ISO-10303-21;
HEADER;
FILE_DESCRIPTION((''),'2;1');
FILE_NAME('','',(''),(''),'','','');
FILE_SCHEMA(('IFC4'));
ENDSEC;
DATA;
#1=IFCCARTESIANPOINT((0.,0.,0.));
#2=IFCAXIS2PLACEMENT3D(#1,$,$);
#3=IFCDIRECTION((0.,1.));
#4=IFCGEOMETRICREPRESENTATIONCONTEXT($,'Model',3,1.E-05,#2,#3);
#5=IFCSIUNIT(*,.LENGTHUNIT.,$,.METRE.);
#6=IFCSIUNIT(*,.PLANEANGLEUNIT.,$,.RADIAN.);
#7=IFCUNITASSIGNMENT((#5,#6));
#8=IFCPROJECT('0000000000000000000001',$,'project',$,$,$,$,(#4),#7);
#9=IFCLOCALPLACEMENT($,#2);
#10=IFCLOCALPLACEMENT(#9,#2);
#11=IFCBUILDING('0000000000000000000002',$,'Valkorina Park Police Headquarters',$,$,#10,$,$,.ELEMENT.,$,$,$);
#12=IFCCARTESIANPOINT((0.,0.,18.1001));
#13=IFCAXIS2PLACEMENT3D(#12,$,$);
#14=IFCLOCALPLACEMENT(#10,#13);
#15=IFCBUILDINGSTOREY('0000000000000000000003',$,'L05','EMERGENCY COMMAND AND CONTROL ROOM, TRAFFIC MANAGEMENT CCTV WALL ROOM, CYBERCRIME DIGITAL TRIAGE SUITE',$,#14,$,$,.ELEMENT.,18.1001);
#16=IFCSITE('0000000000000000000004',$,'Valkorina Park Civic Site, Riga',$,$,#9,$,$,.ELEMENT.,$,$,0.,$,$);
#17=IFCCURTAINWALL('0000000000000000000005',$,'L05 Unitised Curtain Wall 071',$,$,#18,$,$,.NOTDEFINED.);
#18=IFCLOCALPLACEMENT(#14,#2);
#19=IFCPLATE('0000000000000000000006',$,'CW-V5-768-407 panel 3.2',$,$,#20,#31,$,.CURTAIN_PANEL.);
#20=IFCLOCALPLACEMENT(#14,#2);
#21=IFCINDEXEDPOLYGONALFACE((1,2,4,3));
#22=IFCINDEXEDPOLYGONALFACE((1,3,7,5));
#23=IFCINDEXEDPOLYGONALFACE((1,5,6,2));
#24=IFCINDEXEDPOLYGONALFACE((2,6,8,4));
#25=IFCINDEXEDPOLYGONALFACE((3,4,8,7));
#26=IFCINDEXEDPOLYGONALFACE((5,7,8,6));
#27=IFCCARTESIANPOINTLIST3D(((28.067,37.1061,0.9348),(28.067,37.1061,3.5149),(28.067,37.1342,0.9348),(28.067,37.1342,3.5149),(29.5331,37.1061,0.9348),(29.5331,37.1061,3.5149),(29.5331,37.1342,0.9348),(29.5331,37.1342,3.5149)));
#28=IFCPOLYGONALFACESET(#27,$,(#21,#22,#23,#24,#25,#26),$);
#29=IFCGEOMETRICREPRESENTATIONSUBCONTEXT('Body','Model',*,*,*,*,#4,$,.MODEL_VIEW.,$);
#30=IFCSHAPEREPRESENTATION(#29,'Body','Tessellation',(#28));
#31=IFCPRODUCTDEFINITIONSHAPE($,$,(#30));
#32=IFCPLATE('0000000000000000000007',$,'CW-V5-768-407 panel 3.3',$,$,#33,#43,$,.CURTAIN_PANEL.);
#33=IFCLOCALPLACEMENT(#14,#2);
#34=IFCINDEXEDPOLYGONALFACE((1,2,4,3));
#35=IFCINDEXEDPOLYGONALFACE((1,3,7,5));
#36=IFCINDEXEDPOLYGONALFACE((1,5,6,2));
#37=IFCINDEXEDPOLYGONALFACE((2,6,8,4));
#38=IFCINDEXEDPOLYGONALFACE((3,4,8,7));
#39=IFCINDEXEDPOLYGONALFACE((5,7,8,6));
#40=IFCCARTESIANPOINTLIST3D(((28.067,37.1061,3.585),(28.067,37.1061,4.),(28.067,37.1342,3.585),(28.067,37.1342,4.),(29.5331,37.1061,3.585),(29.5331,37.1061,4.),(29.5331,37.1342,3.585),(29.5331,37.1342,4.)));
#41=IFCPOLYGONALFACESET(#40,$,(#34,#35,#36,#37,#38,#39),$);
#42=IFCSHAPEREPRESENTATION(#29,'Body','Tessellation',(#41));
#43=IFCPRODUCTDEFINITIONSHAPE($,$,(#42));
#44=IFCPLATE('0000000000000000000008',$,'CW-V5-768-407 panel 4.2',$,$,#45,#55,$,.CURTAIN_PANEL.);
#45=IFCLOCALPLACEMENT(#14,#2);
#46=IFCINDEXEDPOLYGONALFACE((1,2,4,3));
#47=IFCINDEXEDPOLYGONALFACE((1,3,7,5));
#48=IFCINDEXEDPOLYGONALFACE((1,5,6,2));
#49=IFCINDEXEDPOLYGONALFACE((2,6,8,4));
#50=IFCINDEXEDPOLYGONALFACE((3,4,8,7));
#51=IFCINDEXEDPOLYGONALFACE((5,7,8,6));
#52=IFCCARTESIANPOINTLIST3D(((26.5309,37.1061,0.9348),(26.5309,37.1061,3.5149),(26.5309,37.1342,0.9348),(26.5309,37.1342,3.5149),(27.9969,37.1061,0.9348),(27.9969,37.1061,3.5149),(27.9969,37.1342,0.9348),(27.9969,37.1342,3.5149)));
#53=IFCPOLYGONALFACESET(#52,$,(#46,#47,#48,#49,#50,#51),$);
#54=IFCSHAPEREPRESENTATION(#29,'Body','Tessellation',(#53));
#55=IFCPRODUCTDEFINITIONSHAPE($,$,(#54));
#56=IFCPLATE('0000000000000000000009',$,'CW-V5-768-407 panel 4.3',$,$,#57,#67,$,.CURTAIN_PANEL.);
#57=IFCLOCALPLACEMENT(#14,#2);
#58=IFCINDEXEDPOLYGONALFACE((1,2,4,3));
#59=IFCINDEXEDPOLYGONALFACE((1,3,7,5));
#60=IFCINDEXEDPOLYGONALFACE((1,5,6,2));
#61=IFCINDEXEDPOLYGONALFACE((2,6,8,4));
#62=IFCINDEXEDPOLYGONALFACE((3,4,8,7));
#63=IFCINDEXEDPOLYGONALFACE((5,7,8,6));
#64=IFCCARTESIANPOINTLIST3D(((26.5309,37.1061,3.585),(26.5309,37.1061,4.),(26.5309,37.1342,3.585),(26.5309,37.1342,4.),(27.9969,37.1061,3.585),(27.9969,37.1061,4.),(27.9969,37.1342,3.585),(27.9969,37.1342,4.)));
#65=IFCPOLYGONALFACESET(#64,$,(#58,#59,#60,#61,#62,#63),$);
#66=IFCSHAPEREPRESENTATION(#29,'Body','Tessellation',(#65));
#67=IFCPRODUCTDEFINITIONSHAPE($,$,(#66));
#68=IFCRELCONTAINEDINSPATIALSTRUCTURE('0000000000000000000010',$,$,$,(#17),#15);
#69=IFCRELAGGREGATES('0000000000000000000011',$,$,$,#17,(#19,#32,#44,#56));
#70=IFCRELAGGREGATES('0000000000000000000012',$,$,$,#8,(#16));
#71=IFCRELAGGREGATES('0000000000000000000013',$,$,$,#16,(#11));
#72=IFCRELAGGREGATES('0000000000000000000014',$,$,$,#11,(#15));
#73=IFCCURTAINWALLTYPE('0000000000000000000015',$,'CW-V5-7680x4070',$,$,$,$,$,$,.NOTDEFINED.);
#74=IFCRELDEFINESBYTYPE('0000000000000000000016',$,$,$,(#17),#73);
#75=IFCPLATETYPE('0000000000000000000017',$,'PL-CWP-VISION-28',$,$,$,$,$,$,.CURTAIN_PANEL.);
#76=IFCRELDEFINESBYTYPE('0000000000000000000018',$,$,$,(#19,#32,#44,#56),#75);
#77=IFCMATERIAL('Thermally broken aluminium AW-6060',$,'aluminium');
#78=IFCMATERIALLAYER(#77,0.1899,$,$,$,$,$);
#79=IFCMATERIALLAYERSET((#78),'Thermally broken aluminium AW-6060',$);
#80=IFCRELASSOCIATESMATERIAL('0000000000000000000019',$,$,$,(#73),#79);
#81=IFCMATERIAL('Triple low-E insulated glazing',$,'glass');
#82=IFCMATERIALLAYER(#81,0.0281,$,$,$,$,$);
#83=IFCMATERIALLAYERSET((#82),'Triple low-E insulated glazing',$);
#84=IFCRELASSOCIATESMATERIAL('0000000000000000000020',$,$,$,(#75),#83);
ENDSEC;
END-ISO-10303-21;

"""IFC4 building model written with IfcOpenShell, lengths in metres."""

from ifc_helpers import new_model, si_unit, direction, frame, origin, origin_2d, place, context, subcontext, project, spatial, rectangle, extrude, material, layer, layer_set, type_object, element, aggregate, save


model = new_model("IFC4")

# Units and contexts
model_context = context("Model", 3, precision=1e-05, world=origin(), true_north=direction((0.0, 1.0)))
body_context = subcontext(model_context, "Body", "Model", "MODEL_VIEW")
ifc_project = project(units=[si_unit("LENGTHUNIT", "METRE"), si_unit("PLANEANGLEUNIT", "RADIAN")], contexts=[model_context])

# Site, building, storey
site_placement = place(None, origin())
site = spatial("IfcSite", under=ifc_project, at=site_placement, Name="Valkorina Park Civic Site, Riga", CompositionType="ELEMENT", RefElevation=0.0)
building_placement = place(site_placement, origin())
building = spatial("IfcBuilding", under=site, at=building_placement, Name="Valkorina Park Police Headquarters", CompositionType="ELEMENT")
storey_placement = place(building_placement, frame((0.0, 0.0, 18.1001)))
storey = spatial("IfcBuildingStorey", under=building, at=storey_placement, Name="L05", Description="EMERGENCY COMMAND AND CONTROL ROOM, TRAFFIC MANAGEMENT CCTV WALL ROOM, CYBERCRIME DIGITAL TRIAGE SUITE", CompositionType="ELEMENT", Elevation=18.1001)

# Curtain wall, plates
ifc_material_1 = material(Name="Thermally broken aluminium AW-6060", Category="aluminium")
ifc_layer_1 = layer(ifc_material_1, 0.1899)
ifc_layer_set_1 = layer_set([ifc_layer_1], Name="Thermally broken aluminium AW-6060")
curtain_wall_type = type_object("IfcCurtainWallType", Name="CW-V5-7680x4070", PredefinedType="NOTDEFINED", material=ifc_layer_set_1)
curtain_wall_placement = place(storey_placement, origin())
curtain_wall = element("IfcCurtainWall", 1, at=curtain_wall_placement, inside=storey, type_object=curtain_wall_type, Name="L05 Unitised Curtain Wall 071", PredefinedType="NOTDEFINED")
ifc_material_2 = material(Name="Triple low-E insulated glazing", Category="glass")
ifc_layer_2 = layer(ifc_material_2, 0.0281)
ifc_layer_set_2 = layer_set([ifc_layer_2], Name="Triple low-E insulated glazing")
plate_type_1 = type_object("IfcPlateType", Name="PL-CWP-VISION-28", PredefinedType="CURTAIN_PANEL", material=ifc_layer_set_2)
plate_1_placement = place(storey_placement, frame((28.8, 37.1201, 0.9348), z_axis=(0.0, 0.0, 1.0), x_axis=(-1.0, 0.0, 0.0)))
plate_1 = element("IfcPlate", 2, at=plate_1_placement, type_object=plate_type_1, Name="CW-V5-768-407 panel 3.2", PredefinedType="CURTAIN_PANEL", context=body_context, shape_type="SweptSolid", body=[
    extrude(rectangle(XDim=1.4661, YDim=0.0281, at=origin_2d()), origin(), (0.0, 0.0, 1.0), 2.5801),
])
plate_2_placement = place(storey_placement, frame((28.8, 37.1201, 3.585), z_axis=(0.0, 0.0, 1.0), x_axis=(-1.0, 0.0, 0.0)))
plate_2 = element("IfcPlate", 3, at=plate_2_placement, type_object=plate_type_1, Name="CW-V5-768-407 panel 3.3", PredefinedType="CURTAIN_PANEL", context=body_context, shape_type="SweptSolid", body=[
    extrude(rectangle(XDim=1.4661, YDim=0.0281, at=origin_2d()), origin(), (0.0, 0.0, 1.0), 0.415),
])
plate_3_placement = place(storey_placement, frame((27.2639, 37.1201, 0.9348), z_axis=(0.0, 0.0, 1.0), x_axis=(-1.0, 0.0, 0.0)))
plate_3 = element("IfcPlate", 4, at=plate_3_placement, type_object=plate_type_1, Name="CW-V5-768-407 panel 4.2", PredefinedType="CURTAIN_PANEL", context=body_context, shape_type="SweptSolid", body=[
    extrude(rectangle(XDim=1.4661, YDim=0.0281, at=origin_2d()), origin(), (0.0, 0.0, 1.0), 2.5801),
])
plate_4_placement = place(storey_placement, frame((27.2639, 37.1201, 3.585), z_axis=(0.0, 0.0, 1.0), x_axis=(-1.0, 0.0, 0.0)))
plate_4 = element("IfcPlate", 5, at=plate_4_placement, type_object=plate_type_1, Name="CW-V5-768-407 panel 4.3", PredefinedType="CURTAIN_PANEL", context=body_context, shape_type="SweptSolid", body=[
    extrude(rectangle(XDim=1.4661, YDim=0.0281, at=origin_2d()), origin(), (0.0, 0.0, 1.0), 0.415),
])
aggregate(curtain_wall, [plate_1, plate_2, plate_3, plate_4])

save(model, "model.ifc")
